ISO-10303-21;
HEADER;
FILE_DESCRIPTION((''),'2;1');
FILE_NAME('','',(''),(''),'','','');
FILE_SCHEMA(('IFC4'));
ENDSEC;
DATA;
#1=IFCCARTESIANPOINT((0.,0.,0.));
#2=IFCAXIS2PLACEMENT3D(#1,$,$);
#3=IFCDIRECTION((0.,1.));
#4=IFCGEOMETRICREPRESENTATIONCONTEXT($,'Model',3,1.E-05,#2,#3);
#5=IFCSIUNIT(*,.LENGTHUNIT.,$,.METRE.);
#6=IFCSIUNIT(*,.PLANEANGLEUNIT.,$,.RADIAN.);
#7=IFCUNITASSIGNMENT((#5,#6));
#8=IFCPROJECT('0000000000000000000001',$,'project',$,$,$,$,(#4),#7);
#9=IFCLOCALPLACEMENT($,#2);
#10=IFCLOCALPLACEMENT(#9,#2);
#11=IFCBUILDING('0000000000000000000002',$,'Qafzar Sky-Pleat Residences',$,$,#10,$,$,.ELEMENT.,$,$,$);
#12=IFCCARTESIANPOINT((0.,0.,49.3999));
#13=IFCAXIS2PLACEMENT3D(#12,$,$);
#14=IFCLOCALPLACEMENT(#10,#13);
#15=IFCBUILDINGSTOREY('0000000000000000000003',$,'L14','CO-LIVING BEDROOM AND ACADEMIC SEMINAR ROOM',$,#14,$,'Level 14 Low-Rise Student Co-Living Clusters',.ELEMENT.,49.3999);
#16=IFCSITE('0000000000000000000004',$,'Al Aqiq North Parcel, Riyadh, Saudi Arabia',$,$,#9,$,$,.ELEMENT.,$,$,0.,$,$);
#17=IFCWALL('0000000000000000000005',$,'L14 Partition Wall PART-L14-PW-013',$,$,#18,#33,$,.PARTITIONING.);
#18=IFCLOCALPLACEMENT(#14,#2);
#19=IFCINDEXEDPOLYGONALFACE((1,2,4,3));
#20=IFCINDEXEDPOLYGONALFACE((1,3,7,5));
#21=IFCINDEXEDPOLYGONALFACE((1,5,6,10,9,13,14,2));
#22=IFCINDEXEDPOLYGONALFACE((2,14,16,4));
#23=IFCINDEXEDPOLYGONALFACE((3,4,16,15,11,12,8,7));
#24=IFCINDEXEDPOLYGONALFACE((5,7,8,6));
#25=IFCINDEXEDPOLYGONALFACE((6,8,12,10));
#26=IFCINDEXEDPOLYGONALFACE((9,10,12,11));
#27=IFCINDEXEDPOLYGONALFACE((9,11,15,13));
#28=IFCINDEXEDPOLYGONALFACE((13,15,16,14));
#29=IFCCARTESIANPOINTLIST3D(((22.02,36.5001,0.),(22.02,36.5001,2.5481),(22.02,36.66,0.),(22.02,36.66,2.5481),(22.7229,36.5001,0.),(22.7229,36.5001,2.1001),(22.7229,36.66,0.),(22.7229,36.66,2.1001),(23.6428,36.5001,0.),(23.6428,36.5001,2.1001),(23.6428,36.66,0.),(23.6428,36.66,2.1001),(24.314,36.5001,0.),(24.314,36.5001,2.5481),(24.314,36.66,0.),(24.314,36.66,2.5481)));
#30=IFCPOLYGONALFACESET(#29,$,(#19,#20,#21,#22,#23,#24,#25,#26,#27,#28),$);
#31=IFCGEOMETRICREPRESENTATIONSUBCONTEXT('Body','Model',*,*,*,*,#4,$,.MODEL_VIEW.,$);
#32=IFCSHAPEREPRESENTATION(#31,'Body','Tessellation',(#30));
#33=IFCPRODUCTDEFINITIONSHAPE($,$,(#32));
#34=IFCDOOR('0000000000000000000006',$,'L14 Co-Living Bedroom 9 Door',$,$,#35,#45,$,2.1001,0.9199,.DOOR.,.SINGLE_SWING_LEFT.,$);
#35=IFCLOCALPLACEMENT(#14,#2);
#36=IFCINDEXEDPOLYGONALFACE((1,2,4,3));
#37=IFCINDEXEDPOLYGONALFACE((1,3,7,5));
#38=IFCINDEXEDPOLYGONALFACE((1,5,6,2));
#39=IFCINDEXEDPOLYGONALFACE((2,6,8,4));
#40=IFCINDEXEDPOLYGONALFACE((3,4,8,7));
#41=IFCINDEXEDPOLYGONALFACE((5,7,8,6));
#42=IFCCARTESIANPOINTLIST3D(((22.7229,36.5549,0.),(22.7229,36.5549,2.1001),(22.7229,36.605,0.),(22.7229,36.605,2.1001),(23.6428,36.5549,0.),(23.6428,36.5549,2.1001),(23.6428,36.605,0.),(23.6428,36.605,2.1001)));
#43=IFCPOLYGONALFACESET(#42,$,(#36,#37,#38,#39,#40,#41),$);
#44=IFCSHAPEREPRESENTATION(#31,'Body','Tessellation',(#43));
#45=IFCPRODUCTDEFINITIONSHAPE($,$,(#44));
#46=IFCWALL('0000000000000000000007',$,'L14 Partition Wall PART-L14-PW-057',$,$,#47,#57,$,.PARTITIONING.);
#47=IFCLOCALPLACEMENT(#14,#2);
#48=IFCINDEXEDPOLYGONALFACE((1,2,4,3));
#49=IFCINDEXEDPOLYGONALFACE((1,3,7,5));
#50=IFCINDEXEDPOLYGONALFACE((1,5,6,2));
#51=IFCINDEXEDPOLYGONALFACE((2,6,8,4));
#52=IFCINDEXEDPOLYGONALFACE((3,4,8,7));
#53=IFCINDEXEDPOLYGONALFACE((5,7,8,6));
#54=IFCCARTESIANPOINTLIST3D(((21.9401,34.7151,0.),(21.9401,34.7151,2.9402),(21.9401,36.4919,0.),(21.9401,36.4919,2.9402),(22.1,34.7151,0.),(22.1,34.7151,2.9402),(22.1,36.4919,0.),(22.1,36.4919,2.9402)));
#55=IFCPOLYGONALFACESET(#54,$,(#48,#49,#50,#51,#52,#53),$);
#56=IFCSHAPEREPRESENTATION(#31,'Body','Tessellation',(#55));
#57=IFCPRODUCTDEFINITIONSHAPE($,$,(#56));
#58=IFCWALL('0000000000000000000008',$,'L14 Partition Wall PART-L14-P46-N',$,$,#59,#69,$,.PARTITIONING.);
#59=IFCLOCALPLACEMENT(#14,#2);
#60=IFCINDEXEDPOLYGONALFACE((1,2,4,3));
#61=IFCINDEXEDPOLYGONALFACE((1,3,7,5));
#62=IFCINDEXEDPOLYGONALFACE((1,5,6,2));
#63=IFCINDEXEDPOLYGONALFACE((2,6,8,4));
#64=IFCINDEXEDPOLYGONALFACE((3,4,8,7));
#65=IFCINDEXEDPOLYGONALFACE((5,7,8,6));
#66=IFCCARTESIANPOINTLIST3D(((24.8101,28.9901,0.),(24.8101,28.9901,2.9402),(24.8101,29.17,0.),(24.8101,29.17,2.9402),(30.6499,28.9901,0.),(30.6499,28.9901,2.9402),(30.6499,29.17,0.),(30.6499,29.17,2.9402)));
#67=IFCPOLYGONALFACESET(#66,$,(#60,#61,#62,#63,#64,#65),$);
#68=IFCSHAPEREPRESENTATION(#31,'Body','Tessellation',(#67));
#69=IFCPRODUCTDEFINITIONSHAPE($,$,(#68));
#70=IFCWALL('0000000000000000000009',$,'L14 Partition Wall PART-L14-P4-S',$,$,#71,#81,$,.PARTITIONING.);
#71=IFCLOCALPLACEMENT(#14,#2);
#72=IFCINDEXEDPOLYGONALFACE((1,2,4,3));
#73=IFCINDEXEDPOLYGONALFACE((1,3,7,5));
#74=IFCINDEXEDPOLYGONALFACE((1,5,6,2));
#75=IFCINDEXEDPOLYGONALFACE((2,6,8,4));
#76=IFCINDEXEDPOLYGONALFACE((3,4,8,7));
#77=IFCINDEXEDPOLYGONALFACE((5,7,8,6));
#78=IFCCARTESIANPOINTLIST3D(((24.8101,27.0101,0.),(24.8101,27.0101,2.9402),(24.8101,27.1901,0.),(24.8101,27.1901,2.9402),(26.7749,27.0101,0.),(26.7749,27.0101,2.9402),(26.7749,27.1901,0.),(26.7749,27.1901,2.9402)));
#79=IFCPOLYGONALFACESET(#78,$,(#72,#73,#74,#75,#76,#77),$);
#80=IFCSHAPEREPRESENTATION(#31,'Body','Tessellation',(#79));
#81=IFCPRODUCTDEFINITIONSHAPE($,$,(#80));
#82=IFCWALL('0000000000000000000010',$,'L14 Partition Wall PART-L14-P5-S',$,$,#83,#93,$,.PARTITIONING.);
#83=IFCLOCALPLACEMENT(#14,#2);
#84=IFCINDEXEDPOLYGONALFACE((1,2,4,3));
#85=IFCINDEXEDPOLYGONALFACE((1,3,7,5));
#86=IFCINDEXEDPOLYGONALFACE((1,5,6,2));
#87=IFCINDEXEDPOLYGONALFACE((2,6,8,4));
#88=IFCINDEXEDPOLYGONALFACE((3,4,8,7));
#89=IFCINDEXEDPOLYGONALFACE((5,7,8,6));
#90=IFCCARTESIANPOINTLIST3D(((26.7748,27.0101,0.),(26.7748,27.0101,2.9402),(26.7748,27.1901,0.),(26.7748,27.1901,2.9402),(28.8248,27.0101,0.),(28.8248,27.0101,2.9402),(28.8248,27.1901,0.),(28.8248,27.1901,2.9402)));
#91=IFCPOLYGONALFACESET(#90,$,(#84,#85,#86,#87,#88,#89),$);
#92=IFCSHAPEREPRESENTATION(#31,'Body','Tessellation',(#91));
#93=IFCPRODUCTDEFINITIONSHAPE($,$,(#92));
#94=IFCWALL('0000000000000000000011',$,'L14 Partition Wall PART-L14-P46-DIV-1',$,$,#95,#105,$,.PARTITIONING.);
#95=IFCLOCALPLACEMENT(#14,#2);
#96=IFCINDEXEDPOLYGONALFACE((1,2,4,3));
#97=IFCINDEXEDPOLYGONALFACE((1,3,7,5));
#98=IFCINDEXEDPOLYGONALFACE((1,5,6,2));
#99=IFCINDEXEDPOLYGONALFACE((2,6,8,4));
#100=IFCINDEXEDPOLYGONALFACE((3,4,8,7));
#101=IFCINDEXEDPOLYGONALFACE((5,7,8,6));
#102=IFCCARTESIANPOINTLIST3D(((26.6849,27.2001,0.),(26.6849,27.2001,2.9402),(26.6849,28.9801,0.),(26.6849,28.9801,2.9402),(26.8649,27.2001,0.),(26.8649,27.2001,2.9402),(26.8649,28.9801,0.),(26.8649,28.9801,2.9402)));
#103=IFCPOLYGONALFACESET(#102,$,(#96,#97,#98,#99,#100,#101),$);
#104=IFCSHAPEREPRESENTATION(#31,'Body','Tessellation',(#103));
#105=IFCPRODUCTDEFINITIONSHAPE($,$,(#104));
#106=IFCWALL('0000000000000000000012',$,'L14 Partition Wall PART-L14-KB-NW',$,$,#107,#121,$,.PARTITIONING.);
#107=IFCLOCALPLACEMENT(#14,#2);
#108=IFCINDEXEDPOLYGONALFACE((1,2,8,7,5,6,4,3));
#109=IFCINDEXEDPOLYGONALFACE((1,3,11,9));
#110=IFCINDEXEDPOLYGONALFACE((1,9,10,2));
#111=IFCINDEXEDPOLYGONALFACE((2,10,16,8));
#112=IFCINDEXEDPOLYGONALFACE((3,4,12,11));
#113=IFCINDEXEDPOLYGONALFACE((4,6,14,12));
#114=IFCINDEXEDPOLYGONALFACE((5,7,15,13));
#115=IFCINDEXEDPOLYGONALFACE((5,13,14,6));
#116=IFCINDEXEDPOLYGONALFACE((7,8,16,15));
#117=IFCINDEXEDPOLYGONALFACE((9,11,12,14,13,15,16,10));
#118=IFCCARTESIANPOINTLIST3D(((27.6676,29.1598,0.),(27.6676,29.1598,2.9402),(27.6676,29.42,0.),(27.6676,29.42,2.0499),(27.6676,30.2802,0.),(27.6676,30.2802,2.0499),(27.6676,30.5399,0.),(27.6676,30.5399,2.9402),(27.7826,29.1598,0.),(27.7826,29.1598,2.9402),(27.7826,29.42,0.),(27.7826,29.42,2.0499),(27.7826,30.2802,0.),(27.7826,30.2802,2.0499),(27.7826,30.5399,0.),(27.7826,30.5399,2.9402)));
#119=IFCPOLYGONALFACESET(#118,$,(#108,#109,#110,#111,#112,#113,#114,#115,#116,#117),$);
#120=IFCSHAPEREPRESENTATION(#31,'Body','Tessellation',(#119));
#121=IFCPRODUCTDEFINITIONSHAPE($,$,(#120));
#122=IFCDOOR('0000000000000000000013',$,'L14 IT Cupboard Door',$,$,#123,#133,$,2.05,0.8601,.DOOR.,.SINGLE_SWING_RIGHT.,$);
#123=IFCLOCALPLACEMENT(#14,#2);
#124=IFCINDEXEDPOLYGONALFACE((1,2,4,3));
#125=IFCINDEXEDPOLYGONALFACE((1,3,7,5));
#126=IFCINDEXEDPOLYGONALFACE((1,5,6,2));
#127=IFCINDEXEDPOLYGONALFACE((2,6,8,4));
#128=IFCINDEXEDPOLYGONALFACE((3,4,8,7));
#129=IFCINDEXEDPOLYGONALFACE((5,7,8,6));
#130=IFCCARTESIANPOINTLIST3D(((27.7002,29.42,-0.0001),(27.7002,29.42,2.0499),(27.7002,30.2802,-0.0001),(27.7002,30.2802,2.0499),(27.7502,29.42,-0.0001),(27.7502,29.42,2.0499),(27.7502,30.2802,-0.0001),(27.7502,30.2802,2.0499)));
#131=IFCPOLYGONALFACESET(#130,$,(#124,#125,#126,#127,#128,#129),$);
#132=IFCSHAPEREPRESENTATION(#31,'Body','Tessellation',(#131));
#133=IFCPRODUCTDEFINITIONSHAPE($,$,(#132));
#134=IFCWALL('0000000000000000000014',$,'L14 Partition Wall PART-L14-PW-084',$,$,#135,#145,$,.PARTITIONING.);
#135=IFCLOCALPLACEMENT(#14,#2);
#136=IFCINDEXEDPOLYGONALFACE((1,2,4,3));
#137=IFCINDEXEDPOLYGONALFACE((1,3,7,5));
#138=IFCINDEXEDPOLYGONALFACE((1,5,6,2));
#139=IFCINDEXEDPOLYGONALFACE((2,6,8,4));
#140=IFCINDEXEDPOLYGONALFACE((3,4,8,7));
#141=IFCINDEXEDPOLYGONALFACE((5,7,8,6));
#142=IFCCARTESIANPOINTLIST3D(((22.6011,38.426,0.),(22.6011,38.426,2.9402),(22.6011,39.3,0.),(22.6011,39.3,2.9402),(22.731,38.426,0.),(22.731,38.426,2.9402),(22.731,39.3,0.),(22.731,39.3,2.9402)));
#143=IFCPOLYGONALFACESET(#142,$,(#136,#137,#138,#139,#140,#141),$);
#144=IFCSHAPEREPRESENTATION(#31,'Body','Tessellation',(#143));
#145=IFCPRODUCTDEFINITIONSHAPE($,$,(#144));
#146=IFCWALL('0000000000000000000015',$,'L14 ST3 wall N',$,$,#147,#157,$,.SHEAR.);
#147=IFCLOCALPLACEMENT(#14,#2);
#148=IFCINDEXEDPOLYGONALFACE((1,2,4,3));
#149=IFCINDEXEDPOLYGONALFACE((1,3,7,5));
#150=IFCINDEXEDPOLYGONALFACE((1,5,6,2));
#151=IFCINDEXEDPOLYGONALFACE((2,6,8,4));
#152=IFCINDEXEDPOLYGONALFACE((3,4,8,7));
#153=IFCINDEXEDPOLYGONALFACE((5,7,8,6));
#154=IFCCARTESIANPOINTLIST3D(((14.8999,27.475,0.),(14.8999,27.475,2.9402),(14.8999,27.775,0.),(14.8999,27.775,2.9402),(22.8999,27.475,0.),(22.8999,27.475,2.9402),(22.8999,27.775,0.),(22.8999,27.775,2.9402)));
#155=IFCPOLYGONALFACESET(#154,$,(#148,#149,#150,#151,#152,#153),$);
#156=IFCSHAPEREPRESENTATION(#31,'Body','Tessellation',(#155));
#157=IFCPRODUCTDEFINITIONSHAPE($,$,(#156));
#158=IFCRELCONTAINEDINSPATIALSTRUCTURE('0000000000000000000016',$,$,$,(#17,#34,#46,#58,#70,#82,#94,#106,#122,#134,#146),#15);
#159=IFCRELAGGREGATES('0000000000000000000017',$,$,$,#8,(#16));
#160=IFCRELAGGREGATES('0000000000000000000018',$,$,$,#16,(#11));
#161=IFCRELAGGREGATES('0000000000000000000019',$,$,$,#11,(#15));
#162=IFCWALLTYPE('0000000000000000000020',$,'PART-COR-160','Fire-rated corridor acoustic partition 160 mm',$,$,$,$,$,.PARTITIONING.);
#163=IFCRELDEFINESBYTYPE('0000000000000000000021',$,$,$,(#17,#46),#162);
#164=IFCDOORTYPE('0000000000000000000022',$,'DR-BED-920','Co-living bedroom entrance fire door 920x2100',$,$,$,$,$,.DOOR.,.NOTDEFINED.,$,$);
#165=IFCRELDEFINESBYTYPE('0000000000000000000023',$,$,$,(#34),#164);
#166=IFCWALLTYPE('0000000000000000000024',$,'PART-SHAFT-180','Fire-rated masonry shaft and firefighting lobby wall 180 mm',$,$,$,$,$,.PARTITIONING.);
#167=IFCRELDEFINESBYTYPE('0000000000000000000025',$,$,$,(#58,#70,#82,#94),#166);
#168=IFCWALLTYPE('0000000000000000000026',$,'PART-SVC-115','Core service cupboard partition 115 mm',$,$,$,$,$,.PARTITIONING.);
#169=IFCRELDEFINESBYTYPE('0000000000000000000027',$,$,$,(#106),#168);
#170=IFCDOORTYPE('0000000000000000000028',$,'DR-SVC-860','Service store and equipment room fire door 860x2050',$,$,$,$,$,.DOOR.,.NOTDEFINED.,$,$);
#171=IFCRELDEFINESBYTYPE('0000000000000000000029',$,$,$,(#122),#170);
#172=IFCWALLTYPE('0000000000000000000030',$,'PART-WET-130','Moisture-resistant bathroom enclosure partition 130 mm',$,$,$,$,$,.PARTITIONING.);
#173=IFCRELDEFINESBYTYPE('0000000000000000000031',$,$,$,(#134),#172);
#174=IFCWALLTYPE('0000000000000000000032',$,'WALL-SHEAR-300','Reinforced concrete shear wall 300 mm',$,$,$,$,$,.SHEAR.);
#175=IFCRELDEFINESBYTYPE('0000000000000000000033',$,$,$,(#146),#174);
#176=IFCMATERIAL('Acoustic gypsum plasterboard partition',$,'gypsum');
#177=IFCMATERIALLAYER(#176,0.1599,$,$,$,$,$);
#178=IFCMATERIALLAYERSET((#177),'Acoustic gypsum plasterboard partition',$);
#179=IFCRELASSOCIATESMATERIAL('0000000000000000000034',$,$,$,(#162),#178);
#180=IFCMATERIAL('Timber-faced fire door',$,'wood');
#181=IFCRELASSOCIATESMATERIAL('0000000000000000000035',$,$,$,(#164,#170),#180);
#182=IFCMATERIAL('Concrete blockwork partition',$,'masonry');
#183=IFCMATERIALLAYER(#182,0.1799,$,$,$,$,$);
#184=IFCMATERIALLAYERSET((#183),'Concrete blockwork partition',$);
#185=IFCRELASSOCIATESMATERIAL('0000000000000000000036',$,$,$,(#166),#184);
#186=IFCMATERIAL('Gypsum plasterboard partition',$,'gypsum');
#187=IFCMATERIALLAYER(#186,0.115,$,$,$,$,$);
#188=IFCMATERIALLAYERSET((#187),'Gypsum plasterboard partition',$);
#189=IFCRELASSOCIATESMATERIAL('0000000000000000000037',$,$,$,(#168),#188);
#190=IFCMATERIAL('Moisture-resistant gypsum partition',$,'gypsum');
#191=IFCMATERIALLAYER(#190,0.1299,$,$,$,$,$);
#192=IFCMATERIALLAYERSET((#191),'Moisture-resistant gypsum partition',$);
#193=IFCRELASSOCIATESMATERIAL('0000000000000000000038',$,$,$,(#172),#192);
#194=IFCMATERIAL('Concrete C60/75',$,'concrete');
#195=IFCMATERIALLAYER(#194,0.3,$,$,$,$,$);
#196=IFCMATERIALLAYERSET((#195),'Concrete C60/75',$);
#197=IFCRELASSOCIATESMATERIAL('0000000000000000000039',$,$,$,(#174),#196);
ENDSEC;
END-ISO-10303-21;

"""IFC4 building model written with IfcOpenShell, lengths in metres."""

from ifc_helpers import new_model, si_unit, direction, frame, frame_2d, origin, place, context, subcontext, project, spatial, rectangle, extrude, source, transform, mapped, material, layer, layer_set, type_object, element, fill, save


model = new_model("IFC4")

# Units and contexts
model_context = context("Model", 3, precision=1e-05, world=origin(), true_north=direction((0.0, 1.0)))
body_context = subcontext(model_context, "Body", "Model", "MODEL_VIEW")
ifc_project = project(units=[si_unit("LENGTHUNIT", "METRE"), si_unit("PLANEANGLEUNIT", "RADIAN")], contexts=[model_context])

# Site, building, storey
site_placement = place(None, origin())
site = spatial("IfcSite", under=ifc_project, at=site_placement, Name="Al Aqiq North Parcel, Riyadh, Saudi Arabia", CompositionType="ELEMENT", RefElevation=0.0)
building_placement = place(site_placement, origin())
building = spatial("IfcBuilding", under=site, at=building_placement, Name="Qafzar Sky-Pleat Residences", CompositionType="ELEMENT")
storey_placement = place(building_placement, frame((0.0, 0.0, 49.3999)))
storey = spatial("IfcBuildingStorey", under=building, at=storey_placement, Name="L14", Description="CO-LIVING BEDROOM AND ACADEMIC SEMINAR ROOM", LongName="Level 14 Low-Rise Student Co-Living Clusters", CompositionType="ELEMENT", Elevation=49.3999)

# Wall, opening, door
ifc_material_1 = material(Name="Acoustic gypsum plasterboard partition", Category="gypsum")
ifc_layer_1 = layer(ifc_material_1, 0.1599)
ifc_layer_set_1 = layer_set([ifc_layer_1], Name="Acoustic gypsum plasterboard partition")
wall_type_1 = type_object("IfcWallType", Name="PART-COR-160", Description="Fire-rated corridor acoustic partition 160 mm", PredefinedType="PARTITIONING", material=ifc_layer_set_1)
ifc_material_2 = material(Name="Timber-faced fire door", Category="wood")
door_type_1 = type_object("IfcDoorType", Name="DR-BED-920", Description="Co-living bedroom entrance fire door 920x2100", OperationType="NOTDEFINED", PredefinedType="DOOR", material=ifc_material_2)
shared_shape_1 = source(origin(), body_context, "Body", "SweptSolid", [
    extrude(rectangle(XDim=0.9199, YDim=2.1001, at=frame_2d((0.46, 1.05))), frame((0.0, 0.0249, 0.0), z_axis=(0.0, -1.0, 0.0), x_axis=(1.0, 0.0, 0.0)), (0.0, 0.0, 1.0), 0.05),
])
wall_1_placement = place(storey_placement, frame((22.02, 36.5801, 0.0), z_axis=(0.0, 0.0, 1.0), x_axis=(1.0, 0.0, 0.0)))
wall_1 = element("IfcWall", 1, at=wall_1_placement, inside=storey, type_object=wall_type_1, Name="L14 Partition Wall PART-L14-PW-013", PredefinedType="PARTITIONING", context=body_context, shape_type="SweptSolid", body=[
    extrude(rectangle(XDim=2.2939, YDim=0.1599, at=frame_2d((1.147, 0.0))), origin(), (0.0, 0.0, 1.0), 2.5481),
])
opening_1_placement = place(wall_1_placement, frame((0.7029, 0.0, 0.0)))
opening_1 = element("IfcOpeningElement", 2, at=opening_1_placement, cuts=wall_1, PredefinedType="OPENING", context=body_context, shape_type="SweptSolid", body=[
    extrude(rectangle(XDim=0.9199, YDim=2.1001, at=frame_2d((0.46, 1.05))), frame((0.0, 0.0898, 0.0), z_axis=(0.0, -1.0, 0.0), x_axis=(1.0, 0.0, 0.0)), (0.0, 0.0, 1.0), 0.1799),
])
door_1_placement = place(opening_1_placement, origin())
door_1 = element("IfcDoor", 3, at=door_1_placement, inside=storey, type_object=door_type_1, Name="L14 Co-Living Bedroom 9 Door", OperationType="SINGLE_SWING_LEFT", OverallHeight=2.1001, OverallWidth=0.9199, PredefinedType="DOOR", context=body_context, shape_type="MappedRepresentation", body=[
    mapped(shared_shape_1, transform((0.0, 0.0, 0.0), x_axis=(1.0, 0.0, 0.0), y_axis=(0.0, 1.0, 0.0), z_axis=(0.0, 0.0, 1.0), scale=1.0)),
])
fill(opening_1, door_1)

# Walls
wall_2_placement = place(storey_placement, frame((22.02, 34.7151, 0.0), z_axis=(0.0, 0.0, 1.0), x_axis=(0.0, 1.0, 0.0)))
element("IfcWall", 4, at=wall_2_placement, inside=storey, type_object=wall_type_1, Name="L14 Partition Wall PART-L14-PW-057", PredefinedType="PARTITIONING", context=body_context, shape_type="SweptSolid", body=[
    extrude(rectangle(XDim=1.7769, YDim=0.1599, at=frame_2d((0.8884, 0.0))), origin(), (0.0, 0.0, 1.0), 2.9402),
])
ifc_material_3 = material(Name="Concrete blockwork partition", Category="masonry")
ifc_layer_2 = layer(ifc_material_3, 0.1799)
ifc_layer_set_2 = layer_set([ifc_layer_2], Name="Concrete blockwork partition")
wall_type_2 = type_object("IfcWallType", Name="PART-SHAFT-180", Description="Fire-rated masonry shaft and firefighting lobby wall 180 mm", PredefinedType="PARTITIONING", material=ifc_layer_set_2)
wall_3_placement = place(storey_placement, frame((24.8101, 29.0801, 0.0), z_axis=(0.0, 0.0, 1.0), x_axis=(1.0, 0.0, 0.0)))
element("IfcWall", 5, at=wall_3_placement, inside=storey, type_object=wall_type_2, Name="L14 Partition Wall PART-L14-P46-N", PredefinedType="PARTITIONING", context=body_context, shape_type="SweptSolid", body=[
    extrude(rectangle(XDim=5.8398, YDim=0.1799, at=frame_2d((2.9199, 0.0))), origin(), (0.0, 0.0, 1.0), 2.9402),
])
wall_4_placement = place(storey_placement, frame((24.8101, 27.1001, 0.0), z_axis=(0.0, 0.0, 1.0), x_axis=(1.0, 0.0, 0.0)))
element("IfcWall", 6, at=wall_4_placement, inside=storey, type_object=wall_type_2, Name="L14 Partition Wall PART-L14-P4-S", PredefinedType="PARTITIONING", context=body_context, shape_type="SweptSolid", body=[
    extrude(rectangle(XDim=1.9648, YDim=0.1799, at=frame_2d((0.9824, 0.0))), origin(), (0.0, 0.0, 1.0), 2.9402),
])
wall_5_placement = place(storey_placement, frame((26.7749, 27.1001, 0.0), z_axis=(0.0, 0.0, 1.0), x_axis=(1.0, 0.0, 0.0)))
element("IfcWall", 7, at=wall_5_placement, inside=storey, type_object=wall_type_2, Name="L14 Partition Wall PART-L14-P5-S", PredefinedType="PARTITIONING", context=body_context, shape_type="SweptSolid", body=[
    extrude(rectangle(XDim=2.05, YDim=0.1799, at=frame_2d((1.0249, 0.0))), origin(), (0.0, 0.0, 1.0), 2.9402),
])
wall_6_placement = place(storey_placement, frame((26.7749, 27.2, 0.0), z_axis=(0.0, 0.0, 1.0), x_axis=(0.0, 1.0, 0.0)))
element("IfcWall", 8, at=wall_6_placement, inside=storey, type_object=wall_type_2, Name="L14 Partition Wall PART-L14-P46-DIV-1", PredefinedType="PARTITIONING", context=body_context, shape_type="SweptSolid", body=[
    extrude(rectangle(XDim=1.78, YDim=0.1799, at=frame_2d((0.8901, 0.0))), origin(), (0.0, 0.0, 1.0), 2.9402),
])

# Wall, opening, door
ifc_material_4 = material(Name="Gypsum plasterboard partition", Category="gypsum")
ifc_layer_3 = layer(ifc_material_4, 0.115)
ifc_layer_set_3 = layer_set([ifc_layer_3], Name="Gypsum plasterboard partition")
wall_type_3 = type_object("IfcWallType", Name="PART-SVC-115", Description="Core service cupboard partition 115 mm", PredefinedType="PARTITIONING", material=ifc_layer_set_3)
wall_7_placement = place(storey_placement, frame((27.7251, 29.1599, 0.0), z_axis=(0.0, 0.0, 1.0), x_axis=(0.0, 1.0, 0.0)))
wall_7 = element("IfcWall", 9, at=wall_7_placement, inside=storey, type_object=wall_type_3, Name="L14 Partition Wall PART-L14-KB-NW", PredefinedType="PARTITIONING", context=body_context, shape_type="SweptSolid", body=[
    extrude(rectangle(XDim=1.3801, YDim=0.115, at=frame_2d((0.6899, 0.0))), origin(), (0.0, 0.0, 1.0), 2.9402),
])
opening_2_placement = place(wall_7_placement, frame((0.26, 0.0, 0.0)))
opening_2 = element("IfcOpeningElement", 10, at=opening_2_placement, cuts=wall_7, PredefinedType="OPENING", context=body_context, shape_type="SweptSolid", body=[
    extrude(rectangle(XDim=0.8601, YDim=2.05, at=frame_2d((0.4302, 1.0249))), frame((0.0, 0.0674, 0.0), z_axis=(0.0, -1.0, 0.0), x_axis=(1.0, 0.0, 0.0)), (0.0, 0.0, 1.0), 0.135),
])
door_type_2 = type_object("IfcDoorType", Name="DR-SVC-860", Description="Service store and equipment room fire door 860x2050", OperationType="NOTDEFINED", PredefinedType="DOOR", material=ifc_material_2)
shared_shape_2 = source(origin(), body_context, "Body", "SweptSolid", [
    extrude(rectangle(XDim=0.8601, YDim=2.05, at=frame_2d((0.4302, 1.0249))), frame((0.0, 0.0249, 0.0), z_axis=(0.0, -1.0, 0.0), x_axis=(1.0, 0.0, 0.0)), (0.0, 0.0, 1.0), 0.05),
])
door_2_placement = place(opening_2_placement, origin())
door_2 = element("IfcDoor", 11, at=door_2_placement, inside=storey, type_object=door_type_2, Name="L14 IT Cupboard Door", OperationType="SINGLE_SWING_RIGHT", OverallHeight=2.05, OverallWidth=0.8601, PredefinedType="DOOR", context=body_context, shape_type="MappedRepresentation", body=[
    mapped(shared_shape_2, transform((0.0, 0.0, 0.0), x_axis=(1.0, 0.0, 0.0), y_axis=(0.0, 1.0, 0.0), z_axis=(0.0, 0.0, 1.0), scale=1.0)),
])
fill(opening_2, door_2)

# Wall
ifc_material_5 = material(Name="Moisture-resistant gypsum partition", Category="gypsum")
ifc_layer_4 = layer(ifc_material_5, 0.1299)
ifc_layer_set_4 = layer_set([ifc_layer_4], Name="Moisture-resistant gypsum partition")
wall_type_4 = type_object("IfcWallType", Name="PART-WET-130", Description="Moisture-resistant bathroom enclosure partition 130 mm", PredefinedType="PARTITIONING", material=ifc_layer_set_4)
wall_8_placement = place(storey_placement, frame((22.666, 38.426, 0.0), z_axis=(0.0, 0.0, 1.0), x_axis=(0.0, 1.0, 0.0)))
element("IfcWall", 12, at=wall_8_placement, inside=storey, type_object=wall_type_4, Name="L14 Partition Wall PART-L14-PW-084", PredefinedType="PARTITIONING", context=body_context, shape_type="SweptSolid", body=[
    extrude(rectangle(XDim=0.874, YDim=0.1299, at=frame_2d((0.437, 0.0))), origin(), (0.0, 0.0, 1.0), 2.9402),
])

# Shared definitions
ifc_material_6 = material(Name="Concrete C60/75", Category="concrete")
ifc_layer_5 = layer(ifc_material_6, 0.3)
ifc_layer_set_5 = layer_set([ifc_layer_5], Name="Concrete C60/75")
wall_type_5 = type_object("IfcWallType", Name="WALL-SHEAR-300", Description="Reinforced concrete shear wall 300 mm", PredefinedType="SHEAR", material=ifc_layer_set_5)

# Wall
wall_9_placement = place(storey_placement, frame((22.8999, 27.625, 0.0), z_axis=(0.0, 0.0, 1.0), x_axis=(-1.0, 0.0, 0.0)))
element("IfcWall", 13, at=wall_9_placement, inside=storey, type_object=wall_type_5, Name="L14 ST3 wall N", PredefinedType="SHEAR", context=body_context, shape_type="SweptSolid", body=[
    extrude(rectangle(XDim=8.0, YDim=0.3, at=frame_2d((4.0, 0.0))), origin(), (0.0, 0.0, 1.0), 2.9402),
])

save(model, "model.ifc")
